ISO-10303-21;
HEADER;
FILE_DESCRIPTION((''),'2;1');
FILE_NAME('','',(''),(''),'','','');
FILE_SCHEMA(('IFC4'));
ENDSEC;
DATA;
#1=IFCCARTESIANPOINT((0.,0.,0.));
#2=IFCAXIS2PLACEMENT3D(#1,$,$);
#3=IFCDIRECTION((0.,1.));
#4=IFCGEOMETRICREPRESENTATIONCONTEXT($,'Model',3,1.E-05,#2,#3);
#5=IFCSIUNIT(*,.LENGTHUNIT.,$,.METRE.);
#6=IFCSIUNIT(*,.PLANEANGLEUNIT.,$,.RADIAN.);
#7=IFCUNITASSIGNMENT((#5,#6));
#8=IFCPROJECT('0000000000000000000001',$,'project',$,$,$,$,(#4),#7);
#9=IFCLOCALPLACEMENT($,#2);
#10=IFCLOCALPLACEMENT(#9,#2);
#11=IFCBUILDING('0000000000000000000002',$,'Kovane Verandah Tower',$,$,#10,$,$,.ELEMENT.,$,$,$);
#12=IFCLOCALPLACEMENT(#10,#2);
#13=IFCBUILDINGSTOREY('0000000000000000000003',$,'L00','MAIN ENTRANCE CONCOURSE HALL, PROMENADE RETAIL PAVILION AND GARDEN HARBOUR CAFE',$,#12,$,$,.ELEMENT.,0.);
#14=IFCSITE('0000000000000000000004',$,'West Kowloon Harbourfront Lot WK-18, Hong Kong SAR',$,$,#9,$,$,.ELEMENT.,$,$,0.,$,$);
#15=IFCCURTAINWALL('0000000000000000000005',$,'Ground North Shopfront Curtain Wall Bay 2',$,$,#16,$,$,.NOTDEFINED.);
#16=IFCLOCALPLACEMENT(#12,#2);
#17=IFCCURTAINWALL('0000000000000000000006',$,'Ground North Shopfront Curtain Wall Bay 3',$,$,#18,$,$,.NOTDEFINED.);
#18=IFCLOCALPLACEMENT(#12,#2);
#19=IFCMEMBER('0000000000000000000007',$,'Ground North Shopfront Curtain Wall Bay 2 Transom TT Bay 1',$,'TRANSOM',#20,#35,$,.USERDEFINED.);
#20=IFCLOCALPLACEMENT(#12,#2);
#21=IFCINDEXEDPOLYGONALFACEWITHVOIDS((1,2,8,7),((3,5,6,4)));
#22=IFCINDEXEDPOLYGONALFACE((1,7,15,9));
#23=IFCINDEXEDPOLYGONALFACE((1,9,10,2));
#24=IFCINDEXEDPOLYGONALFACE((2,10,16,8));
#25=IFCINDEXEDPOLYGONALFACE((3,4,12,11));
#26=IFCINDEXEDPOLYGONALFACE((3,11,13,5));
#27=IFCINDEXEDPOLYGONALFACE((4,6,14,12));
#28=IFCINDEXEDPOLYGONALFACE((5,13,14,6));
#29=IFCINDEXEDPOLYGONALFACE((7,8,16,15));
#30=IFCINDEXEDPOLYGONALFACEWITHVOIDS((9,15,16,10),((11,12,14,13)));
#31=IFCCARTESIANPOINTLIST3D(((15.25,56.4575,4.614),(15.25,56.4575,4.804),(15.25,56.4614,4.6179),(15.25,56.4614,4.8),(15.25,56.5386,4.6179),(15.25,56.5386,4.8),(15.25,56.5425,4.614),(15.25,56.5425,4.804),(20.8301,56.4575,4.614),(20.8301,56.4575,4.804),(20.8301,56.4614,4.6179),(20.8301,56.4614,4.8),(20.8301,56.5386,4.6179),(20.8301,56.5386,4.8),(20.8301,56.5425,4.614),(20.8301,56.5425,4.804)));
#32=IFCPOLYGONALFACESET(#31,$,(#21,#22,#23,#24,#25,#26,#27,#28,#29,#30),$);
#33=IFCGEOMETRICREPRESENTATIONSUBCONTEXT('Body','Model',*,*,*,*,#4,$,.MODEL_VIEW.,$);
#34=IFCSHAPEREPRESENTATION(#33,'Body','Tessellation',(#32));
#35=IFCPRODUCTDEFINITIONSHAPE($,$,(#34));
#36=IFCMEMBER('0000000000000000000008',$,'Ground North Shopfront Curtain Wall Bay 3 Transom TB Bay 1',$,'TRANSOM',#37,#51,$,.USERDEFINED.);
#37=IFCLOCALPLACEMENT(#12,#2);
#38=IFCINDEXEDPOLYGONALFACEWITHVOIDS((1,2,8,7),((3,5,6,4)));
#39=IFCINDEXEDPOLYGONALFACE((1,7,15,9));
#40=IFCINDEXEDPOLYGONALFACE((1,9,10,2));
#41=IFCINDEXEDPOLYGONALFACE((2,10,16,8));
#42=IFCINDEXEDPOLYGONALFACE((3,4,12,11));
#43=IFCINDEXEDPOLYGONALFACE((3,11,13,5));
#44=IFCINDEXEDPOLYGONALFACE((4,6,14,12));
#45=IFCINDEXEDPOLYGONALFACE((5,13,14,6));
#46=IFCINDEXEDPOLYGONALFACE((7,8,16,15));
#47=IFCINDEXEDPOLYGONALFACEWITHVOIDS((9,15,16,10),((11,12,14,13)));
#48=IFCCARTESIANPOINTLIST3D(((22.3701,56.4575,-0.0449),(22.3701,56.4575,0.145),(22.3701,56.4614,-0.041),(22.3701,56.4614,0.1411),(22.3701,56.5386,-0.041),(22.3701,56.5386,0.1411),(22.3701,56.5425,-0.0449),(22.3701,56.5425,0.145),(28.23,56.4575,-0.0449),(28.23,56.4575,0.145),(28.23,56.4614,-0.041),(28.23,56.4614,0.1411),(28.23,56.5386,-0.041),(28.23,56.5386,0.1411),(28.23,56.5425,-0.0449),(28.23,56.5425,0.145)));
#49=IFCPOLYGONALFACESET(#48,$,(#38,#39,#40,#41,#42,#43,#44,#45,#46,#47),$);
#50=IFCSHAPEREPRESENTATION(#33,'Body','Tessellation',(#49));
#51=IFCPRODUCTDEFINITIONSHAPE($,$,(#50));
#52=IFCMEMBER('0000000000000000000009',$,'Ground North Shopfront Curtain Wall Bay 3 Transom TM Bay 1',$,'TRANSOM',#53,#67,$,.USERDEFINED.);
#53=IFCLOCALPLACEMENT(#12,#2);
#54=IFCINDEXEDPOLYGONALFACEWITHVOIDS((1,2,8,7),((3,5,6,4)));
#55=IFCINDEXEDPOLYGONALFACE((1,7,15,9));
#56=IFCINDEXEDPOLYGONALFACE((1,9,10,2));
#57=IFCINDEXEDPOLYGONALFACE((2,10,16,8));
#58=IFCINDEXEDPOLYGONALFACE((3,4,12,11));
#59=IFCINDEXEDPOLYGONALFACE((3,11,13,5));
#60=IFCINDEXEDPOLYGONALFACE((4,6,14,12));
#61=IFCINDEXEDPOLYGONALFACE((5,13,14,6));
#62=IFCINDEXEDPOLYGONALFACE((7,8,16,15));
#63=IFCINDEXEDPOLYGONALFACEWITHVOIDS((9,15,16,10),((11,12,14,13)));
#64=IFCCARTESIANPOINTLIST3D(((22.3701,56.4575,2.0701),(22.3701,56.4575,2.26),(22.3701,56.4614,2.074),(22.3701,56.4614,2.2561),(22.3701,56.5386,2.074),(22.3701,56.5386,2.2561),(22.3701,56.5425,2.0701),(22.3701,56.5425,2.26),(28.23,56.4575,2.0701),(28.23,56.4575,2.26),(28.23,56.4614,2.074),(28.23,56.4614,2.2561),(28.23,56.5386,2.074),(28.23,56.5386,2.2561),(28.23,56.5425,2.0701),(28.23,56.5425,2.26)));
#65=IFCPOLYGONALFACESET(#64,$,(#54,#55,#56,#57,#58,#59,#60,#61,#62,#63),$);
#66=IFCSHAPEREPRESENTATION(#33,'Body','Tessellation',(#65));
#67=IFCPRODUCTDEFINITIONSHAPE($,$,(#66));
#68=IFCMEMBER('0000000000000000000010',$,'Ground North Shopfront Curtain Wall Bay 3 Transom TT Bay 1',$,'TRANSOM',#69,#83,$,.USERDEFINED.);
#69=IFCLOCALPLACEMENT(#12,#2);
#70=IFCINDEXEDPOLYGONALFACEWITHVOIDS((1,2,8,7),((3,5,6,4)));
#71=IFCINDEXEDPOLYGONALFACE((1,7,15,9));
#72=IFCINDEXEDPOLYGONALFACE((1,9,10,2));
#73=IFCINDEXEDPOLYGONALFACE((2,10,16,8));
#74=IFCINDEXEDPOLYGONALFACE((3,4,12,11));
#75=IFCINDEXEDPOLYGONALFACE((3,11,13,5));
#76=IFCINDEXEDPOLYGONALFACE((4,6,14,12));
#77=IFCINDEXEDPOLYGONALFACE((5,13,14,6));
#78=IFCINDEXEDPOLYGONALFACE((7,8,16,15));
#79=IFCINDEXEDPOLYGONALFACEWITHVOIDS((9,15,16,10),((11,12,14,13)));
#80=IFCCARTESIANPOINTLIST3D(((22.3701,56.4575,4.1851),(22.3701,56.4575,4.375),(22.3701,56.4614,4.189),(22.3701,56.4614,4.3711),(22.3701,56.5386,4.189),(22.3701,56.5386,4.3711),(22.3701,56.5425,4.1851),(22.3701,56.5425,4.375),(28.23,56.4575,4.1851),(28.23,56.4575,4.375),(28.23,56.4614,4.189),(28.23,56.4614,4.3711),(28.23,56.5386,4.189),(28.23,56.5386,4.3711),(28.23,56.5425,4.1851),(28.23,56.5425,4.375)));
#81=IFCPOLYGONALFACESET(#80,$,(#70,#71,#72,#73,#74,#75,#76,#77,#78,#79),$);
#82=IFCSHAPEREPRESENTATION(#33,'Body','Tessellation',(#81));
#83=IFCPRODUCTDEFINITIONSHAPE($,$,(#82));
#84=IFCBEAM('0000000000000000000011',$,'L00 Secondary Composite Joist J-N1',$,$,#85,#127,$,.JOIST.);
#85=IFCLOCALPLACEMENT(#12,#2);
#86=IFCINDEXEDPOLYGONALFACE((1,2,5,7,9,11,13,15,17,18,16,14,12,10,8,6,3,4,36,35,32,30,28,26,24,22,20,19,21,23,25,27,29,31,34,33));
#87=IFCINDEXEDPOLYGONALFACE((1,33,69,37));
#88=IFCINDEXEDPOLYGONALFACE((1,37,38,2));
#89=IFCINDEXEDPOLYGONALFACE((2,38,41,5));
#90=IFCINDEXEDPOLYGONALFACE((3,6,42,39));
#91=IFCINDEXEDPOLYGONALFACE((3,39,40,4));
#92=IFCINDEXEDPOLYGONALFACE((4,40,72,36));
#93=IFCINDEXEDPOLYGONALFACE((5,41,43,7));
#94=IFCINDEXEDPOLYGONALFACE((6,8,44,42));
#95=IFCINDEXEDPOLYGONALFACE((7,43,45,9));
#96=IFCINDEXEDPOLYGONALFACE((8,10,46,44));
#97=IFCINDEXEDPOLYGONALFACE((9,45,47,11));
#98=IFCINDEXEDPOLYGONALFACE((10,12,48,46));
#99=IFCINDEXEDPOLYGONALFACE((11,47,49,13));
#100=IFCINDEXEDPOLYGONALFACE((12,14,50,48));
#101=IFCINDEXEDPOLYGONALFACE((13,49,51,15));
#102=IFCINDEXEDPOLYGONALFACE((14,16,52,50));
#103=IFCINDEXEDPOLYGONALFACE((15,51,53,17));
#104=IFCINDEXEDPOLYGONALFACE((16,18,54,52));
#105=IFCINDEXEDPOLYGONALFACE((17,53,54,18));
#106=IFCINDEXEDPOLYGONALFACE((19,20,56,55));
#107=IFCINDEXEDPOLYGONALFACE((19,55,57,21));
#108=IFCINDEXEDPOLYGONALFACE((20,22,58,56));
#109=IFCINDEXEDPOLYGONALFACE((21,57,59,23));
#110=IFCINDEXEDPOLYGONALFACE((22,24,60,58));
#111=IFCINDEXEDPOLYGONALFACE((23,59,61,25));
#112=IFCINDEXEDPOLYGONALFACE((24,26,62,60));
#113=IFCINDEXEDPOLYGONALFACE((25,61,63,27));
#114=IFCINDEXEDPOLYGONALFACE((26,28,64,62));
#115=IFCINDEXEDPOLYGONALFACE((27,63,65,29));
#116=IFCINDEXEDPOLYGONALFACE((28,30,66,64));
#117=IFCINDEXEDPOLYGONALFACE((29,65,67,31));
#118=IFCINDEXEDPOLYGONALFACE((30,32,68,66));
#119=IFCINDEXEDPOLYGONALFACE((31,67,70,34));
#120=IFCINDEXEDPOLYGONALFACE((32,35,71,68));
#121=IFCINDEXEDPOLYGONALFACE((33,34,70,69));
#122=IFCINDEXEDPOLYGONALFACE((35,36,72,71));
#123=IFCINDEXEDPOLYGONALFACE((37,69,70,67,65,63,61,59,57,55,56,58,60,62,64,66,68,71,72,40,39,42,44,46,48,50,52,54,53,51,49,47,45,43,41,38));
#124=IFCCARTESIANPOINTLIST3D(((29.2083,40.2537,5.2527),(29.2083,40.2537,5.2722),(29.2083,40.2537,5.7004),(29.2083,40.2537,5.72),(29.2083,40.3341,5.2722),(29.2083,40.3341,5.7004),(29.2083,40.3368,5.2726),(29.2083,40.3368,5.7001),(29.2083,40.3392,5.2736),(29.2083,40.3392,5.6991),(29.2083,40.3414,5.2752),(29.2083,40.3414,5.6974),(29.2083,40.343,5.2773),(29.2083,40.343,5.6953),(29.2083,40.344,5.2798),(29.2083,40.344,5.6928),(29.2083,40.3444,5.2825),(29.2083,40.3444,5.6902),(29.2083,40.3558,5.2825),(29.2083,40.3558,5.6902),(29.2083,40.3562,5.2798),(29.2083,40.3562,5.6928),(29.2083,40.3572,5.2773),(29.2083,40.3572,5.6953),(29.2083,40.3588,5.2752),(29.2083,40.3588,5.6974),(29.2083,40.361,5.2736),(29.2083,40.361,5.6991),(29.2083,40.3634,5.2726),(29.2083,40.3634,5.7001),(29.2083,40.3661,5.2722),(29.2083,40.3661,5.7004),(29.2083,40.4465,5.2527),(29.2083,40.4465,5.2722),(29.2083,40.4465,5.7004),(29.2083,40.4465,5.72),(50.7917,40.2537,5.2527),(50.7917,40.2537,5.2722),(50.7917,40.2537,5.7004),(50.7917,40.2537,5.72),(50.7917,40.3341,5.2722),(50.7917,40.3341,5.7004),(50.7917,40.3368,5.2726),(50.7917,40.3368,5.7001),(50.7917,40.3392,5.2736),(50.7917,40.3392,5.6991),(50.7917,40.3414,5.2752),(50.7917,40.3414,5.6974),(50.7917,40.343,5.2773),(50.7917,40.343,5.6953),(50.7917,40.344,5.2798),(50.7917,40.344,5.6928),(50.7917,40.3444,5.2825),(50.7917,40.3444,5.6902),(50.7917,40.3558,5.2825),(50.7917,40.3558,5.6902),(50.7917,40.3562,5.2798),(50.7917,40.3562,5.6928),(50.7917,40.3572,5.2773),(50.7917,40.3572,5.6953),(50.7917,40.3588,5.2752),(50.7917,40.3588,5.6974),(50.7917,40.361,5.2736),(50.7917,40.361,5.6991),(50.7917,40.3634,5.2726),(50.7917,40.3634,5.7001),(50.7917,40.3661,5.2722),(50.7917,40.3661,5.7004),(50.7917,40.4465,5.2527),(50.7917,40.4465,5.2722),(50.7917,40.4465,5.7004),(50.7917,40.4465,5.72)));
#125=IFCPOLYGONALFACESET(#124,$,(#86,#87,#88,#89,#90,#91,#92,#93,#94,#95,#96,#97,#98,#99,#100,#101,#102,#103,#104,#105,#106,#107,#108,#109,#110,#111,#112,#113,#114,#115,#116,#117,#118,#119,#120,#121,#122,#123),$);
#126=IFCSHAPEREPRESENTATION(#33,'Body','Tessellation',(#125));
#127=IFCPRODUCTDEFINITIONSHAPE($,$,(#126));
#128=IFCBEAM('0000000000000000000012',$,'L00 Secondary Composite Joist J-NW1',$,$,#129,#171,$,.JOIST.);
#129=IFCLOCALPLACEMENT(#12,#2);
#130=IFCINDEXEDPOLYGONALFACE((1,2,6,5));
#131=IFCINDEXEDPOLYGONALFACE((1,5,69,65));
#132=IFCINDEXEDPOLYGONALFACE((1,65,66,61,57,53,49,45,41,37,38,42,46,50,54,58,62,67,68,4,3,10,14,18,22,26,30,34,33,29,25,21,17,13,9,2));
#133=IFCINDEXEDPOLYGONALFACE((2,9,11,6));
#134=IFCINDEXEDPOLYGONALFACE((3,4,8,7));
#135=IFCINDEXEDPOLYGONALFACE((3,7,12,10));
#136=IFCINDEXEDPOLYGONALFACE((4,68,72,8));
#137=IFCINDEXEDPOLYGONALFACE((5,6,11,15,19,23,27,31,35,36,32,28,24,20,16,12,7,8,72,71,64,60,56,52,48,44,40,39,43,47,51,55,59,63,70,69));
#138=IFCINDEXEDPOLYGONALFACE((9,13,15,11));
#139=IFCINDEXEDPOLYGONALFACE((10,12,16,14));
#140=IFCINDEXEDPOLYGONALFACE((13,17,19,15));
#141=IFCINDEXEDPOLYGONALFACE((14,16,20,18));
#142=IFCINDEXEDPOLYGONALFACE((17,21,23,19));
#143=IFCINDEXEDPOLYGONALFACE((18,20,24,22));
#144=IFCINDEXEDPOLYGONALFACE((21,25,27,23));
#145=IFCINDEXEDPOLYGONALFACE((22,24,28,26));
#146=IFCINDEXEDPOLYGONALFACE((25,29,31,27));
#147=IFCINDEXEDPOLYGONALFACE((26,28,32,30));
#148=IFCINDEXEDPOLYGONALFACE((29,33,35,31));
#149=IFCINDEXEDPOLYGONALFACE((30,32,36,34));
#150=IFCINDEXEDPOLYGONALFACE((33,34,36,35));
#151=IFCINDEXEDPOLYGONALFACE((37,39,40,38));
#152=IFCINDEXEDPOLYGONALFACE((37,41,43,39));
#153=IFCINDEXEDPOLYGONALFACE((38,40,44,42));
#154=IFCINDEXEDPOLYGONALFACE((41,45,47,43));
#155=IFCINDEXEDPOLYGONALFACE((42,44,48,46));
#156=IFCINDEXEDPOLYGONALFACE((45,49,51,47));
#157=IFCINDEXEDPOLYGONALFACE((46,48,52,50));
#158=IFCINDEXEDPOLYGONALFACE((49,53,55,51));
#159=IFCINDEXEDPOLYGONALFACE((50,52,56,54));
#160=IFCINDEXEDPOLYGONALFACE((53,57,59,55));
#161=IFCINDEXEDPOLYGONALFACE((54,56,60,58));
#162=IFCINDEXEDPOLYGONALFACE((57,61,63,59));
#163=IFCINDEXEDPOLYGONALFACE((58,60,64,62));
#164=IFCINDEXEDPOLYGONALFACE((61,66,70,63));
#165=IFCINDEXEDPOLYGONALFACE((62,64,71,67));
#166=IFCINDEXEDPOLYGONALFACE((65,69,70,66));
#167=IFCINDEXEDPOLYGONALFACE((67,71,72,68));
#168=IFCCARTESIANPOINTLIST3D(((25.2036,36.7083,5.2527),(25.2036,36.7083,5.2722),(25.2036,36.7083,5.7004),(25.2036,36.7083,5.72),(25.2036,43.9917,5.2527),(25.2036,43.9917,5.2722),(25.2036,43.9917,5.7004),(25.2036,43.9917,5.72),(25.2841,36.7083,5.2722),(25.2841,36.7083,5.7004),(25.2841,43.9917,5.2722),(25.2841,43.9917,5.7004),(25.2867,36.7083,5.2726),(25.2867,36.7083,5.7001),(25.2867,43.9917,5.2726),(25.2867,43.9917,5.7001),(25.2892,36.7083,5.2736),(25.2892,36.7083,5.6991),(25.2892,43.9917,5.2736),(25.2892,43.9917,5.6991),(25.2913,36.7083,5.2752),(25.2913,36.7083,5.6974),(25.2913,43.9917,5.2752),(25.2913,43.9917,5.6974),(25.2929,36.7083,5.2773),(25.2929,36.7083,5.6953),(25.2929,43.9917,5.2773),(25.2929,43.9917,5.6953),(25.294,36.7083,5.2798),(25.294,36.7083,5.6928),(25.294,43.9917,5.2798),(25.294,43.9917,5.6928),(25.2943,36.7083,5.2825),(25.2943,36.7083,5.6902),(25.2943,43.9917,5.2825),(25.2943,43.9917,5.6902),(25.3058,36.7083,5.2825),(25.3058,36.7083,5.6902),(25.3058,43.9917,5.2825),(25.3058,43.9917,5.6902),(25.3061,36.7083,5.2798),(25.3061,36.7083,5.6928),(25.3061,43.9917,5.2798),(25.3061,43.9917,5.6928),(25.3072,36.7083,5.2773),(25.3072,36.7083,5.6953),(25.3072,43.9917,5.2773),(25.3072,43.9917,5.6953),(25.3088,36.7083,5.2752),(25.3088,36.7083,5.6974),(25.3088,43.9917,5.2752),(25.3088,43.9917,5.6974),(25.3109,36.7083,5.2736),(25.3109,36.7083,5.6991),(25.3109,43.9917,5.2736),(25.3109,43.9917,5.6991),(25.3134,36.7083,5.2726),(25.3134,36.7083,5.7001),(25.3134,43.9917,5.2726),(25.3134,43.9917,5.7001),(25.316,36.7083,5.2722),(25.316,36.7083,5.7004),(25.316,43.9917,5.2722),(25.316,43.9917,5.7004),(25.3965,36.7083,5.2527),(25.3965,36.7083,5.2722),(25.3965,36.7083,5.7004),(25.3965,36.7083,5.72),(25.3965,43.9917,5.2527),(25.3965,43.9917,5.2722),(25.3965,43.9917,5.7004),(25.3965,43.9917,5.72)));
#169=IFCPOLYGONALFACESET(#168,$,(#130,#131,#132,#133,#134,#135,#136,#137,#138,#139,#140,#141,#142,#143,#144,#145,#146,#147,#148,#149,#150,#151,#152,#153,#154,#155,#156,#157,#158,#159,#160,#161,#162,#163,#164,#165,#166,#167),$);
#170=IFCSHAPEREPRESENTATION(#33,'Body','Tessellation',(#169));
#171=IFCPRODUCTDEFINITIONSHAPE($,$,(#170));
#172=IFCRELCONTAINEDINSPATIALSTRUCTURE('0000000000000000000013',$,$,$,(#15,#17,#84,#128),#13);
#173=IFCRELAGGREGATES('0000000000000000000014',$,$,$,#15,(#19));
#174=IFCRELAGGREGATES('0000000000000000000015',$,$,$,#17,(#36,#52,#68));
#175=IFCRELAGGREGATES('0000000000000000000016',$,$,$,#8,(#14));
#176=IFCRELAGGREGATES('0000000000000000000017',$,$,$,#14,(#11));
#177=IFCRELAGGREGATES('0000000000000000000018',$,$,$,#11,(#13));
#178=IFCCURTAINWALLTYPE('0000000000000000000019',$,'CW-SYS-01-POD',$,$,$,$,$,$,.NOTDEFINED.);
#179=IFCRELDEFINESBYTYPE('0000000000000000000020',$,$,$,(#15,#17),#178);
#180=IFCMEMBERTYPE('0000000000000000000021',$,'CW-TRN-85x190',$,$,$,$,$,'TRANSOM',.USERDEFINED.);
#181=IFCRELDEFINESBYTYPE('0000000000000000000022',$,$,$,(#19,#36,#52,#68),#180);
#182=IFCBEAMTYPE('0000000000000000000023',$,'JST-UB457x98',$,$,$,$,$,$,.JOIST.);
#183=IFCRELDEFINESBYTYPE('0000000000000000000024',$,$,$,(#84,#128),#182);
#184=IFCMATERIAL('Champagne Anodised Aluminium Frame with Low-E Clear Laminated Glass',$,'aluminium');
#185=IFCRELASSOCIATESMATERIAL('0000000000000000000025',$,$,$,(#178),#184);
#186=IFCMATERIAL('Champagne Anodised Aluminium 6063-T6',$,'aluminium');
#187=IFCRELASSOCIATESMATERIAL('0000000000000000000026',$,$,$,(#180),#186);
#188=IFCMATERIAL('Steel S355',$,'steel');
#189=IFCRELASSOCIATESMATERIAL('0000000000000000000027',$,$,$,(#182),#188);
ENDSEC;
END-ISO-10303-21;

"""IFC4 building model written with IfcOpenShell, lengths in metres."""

from ifc_helpers import new_model, si_unit, direction, frame, origin, origin_2d, place, context, subcontext, project, spatial, hollow_rectangle, i_section, extrude, material, material_profile, profile_set, type_object, element, aggregate, save


model = new_model("IFC4")

# Units and contexts
model_context = context("Model", 3, precision=1e-05, world=origin(), true_north=direction((0.0, 1.0)))
body_context = subcontext(model_context, "Body", "Model", "MODEL_VIEW")
ifc_project = project(units=[si_unit("LENGTHUNIT", "METRE"), si_unit("PLANEANGLEUNIT", "RADIAN")], contexts=[model_context])

# Site, building, storey
site_placement = place(None, origin())
site = spatial("IfcSite", under=ifc_project, at=site_placement, Name="West Kowloon Harbourfront Lot WK-18, Hong Kong SAR", CompositionType="ELEMENT", RefElevation=0.0)
building_placement = place(site_placement, origin())
building = spatial("IfcBuilding", under=site, at=building_placement, Name="Kovane Verandah Tower", CompositionType="ELEMENT")
storey_placement = place(building_placement, origin())
storey = spatial("IfcBuildingStorey", under=building, at=storey_placement, Name="L00", Description="MAIN ENTRANCE CONCOURSE HALL, PROMENADE RETAIL PAVILION AND GARDEN HARBOUR CAFE", CompositionType="ELEMENT", Elevation=0.0)

# Curtain wall
ifc_material_1 = material(Name="Champagne Anodised Aluminium Frame with Low-E Clear Laminated Glass", Category="aluminium")
curtain_wall_type = type_object("IfcCurtainWallType", Name="CW-SYS-01-POD", PredefinedType="NOTDEFINED", material=ifc_material_1)
curtain_wall_1_placement = place(storey_placement, origin())
curtain_wall_1 = element("IfcCurtainWall", 1, at=curtain_wall_1_placement, inside=storey, type_object=curtain_wall_type, Name="Ground North Shopfront Curtain Wall Bay 2", PredefinedType="NOTDEFINED")
ifc_material_2 = material(Name="Champagne Anodised Aluminium 6063-T6", Category="aluminium")

# Curtain wall
curtain_wall_2_placement = place(storey_placement, origin())
curtain_wall_2 = element("IfcCurtainWall", 2, at=curtain_wall_2_placement, inside=storey, type_object=curtain_wall_type, Name="Ground North Shopfront Curtain Wall Bay 3", PredefinedType="NOTDEFINED")

# Members
ifc_material_profile_1 = material_profile(ifc_material_2, hollow_rectangle(XDim=0.085, YDim=0.1899, WallThickness=0.0039, at=origin_2d()), Name="AL85x190x4")
ifc_profile_set_1 = profile_set([ifc_material_profile_1], Name="Champagne Anodised Aluminium 6063-T6")
member_type_1 = type_object("IfcMemberType", Name="CW-TRN-85x190", ElementType="TRANSOM", PredefinedType="USERDEFINED", material=ifc_profile_set_1)
member_1_placement = place(storey_placement, frame((20.8301, 56.5, 4.709), z_axis=(-1.0, 0.0, 0.0), x_axis=(0.0, -1.0, 0.0)))
member_1 = element("IfcMember", 3, at=member_1_placement, type_object=member_type_1, Name="Ground North Shopfront Curtain Wall Bay 2 Transom TT Bay 1", ObjectType="TRANSOM", PredefinedType="USERDEFINED", context=body_context, shape_type="SweptSolid", body=[
    extrude(hollow_rectangle(XDim=0.085, YDim=0.1899, WallThickness=0.0039, at=origin_2d()), origin(), (0.0, 0.0, 1.0), 5.5801),
])
member_2_placement = place(storey_placement, frame((28.23, 56.5, 0.05), z_axis=(-1.0, 0.0, 0.0), x_axis=(0.0, -1.0, 0.0)))
member_2 = element("IfcMember", 4, at=member_2_placement, type_object=member_type_1, Name="Ground North Shopfront Curtain Wall Bay 3 Transom TB Bay 1", ObjectType="TRANSOM", PredefinedType="USERDEFINED", context=body_context, shape_type="SweptSolid", body=[
    extrude(hollow_rectangle(XDim=0.085, YDim=0.1899, WallThickness=0.0039, at=origin_2d()), origin(), (0.0, 0.0, 1.0), 5.8599),
])
member_3_placement = place(storey_placement, frame((28.23, 56.5, 2.165), z_axis=(-1.0, 0.0, 0.0), x_axis=(0.0, -1.0, 0.0)))
member_3 = element("IfcMember", 5, at=member_3_placement, type_object=member_type_1, Name="Ground North Shopfront Curtain Wall Bay 3 Transom TM Bay 1", ObjectType="TRANSOM", PredefinedType="USERDEFINED", context=body_context, shape_type="SweptSolid", body=[
    extrude(hollow_rectangle(XDim=0.085, YDim=0.1899, WallThickness=0.0039, at=origin_2d()), origin(), (0.0, 0.0, 1.0), 5.8599),
])
member_4_placement = place(storey_placement, frame((28.23, 56.5, 4.28), z_axis=(-1.0, 0.0, 0.0), x_axis=(0.0, -1.0, 0.0)))
member_4 = element("IfcMember", 6, at=member_4_placement, type_object=member_type_1, Name="Ground North Shopfront Curtain Wall Bay 3 Transom TT Bay 1", ObjectType="TRANSOM", PredefinedType="USERDEFINED", context=body_context, shape_type="SweptSolid", body=[
    extrude(hollow_rectangle(XDim=0.085, YDim=0.1899, WallThickness=0.0039, at=origin_2d()), origin(), (0.0, 0.0, 1.0), 5.8599),
])

# Beams
ifc_material_3 = material(Name="Steel S355", Category="steel")
ifc_material_profile_2 = material_profile(ifc_material_3, i_section(OverallWidth=0.1929, OverallDepth=0.4673, WebThickness=0.0115, FlangeThickness=0.0195, FilletRadius=0.0103, at=origin_2d()), Name="UB457x191x98")
ifc_profile_set_2 = profile_set([ifc_material_profile_2], Name="Steel S355")
beam_type_1 = type_object("IfcBeamType", Name="JST-UB457x98", PredefinedType="JOIST", material=ifc_profile_set_2)
beam_1_placement = place(storey_placement, frame((29.2083, 40.3501, 5.4863), z_axis=(1.0, 0.0, 0.0), x_axis=(0.0, 1.0, 0.0)))
element("IfcBeam", 7, at=beam_1_placement, inside=storey, type_object=beam_type_1, Name="L00 Secondary Composite Joist J-N1", PredefinedType="JOIST", context=body_context, shape_type="SweptSolid", body=[
    extrude(i_section(OverallWidth=0.1929, OverallDepth=0.4673, WebThickness=0.0115, FlangeThickness=0.0195, FilletRadius=0.0103, at=origin_2d()), origin(), (0.0, 0.0, 1.0), 21.5835),
])
beam_2_placement = place(storey_placement, frame((25.3, 36.7083, 5.4863), z_axis=(0.0, 1.0, 0.0), x_axis=(-1.0, 0.0, 0.0)))
element("IfcBeam", 8, at=beam_2_placement, inside=storey, type_object=beam_type_1, Name="L00 Secondary Composite Joist J-NW1", PredefinedType="JOIST", context=body_context, shape_type="SweptSolid", body=[
    extrude(i_section(OverallWidth=0.1929, OverallDepth=0.4673, WebThickness=0.0115, FlangeThickness=0.0195, FilletRadius=0.0103, at=origin_2d()), origin(), (0.0, 0.0, 1.0), 7.2834),
])

aggregate(curtain_wall_1, [member_1])
aggregate(curtain_wall_2, [member_2, member_3, member_4])

save(model, "model.ifc")
